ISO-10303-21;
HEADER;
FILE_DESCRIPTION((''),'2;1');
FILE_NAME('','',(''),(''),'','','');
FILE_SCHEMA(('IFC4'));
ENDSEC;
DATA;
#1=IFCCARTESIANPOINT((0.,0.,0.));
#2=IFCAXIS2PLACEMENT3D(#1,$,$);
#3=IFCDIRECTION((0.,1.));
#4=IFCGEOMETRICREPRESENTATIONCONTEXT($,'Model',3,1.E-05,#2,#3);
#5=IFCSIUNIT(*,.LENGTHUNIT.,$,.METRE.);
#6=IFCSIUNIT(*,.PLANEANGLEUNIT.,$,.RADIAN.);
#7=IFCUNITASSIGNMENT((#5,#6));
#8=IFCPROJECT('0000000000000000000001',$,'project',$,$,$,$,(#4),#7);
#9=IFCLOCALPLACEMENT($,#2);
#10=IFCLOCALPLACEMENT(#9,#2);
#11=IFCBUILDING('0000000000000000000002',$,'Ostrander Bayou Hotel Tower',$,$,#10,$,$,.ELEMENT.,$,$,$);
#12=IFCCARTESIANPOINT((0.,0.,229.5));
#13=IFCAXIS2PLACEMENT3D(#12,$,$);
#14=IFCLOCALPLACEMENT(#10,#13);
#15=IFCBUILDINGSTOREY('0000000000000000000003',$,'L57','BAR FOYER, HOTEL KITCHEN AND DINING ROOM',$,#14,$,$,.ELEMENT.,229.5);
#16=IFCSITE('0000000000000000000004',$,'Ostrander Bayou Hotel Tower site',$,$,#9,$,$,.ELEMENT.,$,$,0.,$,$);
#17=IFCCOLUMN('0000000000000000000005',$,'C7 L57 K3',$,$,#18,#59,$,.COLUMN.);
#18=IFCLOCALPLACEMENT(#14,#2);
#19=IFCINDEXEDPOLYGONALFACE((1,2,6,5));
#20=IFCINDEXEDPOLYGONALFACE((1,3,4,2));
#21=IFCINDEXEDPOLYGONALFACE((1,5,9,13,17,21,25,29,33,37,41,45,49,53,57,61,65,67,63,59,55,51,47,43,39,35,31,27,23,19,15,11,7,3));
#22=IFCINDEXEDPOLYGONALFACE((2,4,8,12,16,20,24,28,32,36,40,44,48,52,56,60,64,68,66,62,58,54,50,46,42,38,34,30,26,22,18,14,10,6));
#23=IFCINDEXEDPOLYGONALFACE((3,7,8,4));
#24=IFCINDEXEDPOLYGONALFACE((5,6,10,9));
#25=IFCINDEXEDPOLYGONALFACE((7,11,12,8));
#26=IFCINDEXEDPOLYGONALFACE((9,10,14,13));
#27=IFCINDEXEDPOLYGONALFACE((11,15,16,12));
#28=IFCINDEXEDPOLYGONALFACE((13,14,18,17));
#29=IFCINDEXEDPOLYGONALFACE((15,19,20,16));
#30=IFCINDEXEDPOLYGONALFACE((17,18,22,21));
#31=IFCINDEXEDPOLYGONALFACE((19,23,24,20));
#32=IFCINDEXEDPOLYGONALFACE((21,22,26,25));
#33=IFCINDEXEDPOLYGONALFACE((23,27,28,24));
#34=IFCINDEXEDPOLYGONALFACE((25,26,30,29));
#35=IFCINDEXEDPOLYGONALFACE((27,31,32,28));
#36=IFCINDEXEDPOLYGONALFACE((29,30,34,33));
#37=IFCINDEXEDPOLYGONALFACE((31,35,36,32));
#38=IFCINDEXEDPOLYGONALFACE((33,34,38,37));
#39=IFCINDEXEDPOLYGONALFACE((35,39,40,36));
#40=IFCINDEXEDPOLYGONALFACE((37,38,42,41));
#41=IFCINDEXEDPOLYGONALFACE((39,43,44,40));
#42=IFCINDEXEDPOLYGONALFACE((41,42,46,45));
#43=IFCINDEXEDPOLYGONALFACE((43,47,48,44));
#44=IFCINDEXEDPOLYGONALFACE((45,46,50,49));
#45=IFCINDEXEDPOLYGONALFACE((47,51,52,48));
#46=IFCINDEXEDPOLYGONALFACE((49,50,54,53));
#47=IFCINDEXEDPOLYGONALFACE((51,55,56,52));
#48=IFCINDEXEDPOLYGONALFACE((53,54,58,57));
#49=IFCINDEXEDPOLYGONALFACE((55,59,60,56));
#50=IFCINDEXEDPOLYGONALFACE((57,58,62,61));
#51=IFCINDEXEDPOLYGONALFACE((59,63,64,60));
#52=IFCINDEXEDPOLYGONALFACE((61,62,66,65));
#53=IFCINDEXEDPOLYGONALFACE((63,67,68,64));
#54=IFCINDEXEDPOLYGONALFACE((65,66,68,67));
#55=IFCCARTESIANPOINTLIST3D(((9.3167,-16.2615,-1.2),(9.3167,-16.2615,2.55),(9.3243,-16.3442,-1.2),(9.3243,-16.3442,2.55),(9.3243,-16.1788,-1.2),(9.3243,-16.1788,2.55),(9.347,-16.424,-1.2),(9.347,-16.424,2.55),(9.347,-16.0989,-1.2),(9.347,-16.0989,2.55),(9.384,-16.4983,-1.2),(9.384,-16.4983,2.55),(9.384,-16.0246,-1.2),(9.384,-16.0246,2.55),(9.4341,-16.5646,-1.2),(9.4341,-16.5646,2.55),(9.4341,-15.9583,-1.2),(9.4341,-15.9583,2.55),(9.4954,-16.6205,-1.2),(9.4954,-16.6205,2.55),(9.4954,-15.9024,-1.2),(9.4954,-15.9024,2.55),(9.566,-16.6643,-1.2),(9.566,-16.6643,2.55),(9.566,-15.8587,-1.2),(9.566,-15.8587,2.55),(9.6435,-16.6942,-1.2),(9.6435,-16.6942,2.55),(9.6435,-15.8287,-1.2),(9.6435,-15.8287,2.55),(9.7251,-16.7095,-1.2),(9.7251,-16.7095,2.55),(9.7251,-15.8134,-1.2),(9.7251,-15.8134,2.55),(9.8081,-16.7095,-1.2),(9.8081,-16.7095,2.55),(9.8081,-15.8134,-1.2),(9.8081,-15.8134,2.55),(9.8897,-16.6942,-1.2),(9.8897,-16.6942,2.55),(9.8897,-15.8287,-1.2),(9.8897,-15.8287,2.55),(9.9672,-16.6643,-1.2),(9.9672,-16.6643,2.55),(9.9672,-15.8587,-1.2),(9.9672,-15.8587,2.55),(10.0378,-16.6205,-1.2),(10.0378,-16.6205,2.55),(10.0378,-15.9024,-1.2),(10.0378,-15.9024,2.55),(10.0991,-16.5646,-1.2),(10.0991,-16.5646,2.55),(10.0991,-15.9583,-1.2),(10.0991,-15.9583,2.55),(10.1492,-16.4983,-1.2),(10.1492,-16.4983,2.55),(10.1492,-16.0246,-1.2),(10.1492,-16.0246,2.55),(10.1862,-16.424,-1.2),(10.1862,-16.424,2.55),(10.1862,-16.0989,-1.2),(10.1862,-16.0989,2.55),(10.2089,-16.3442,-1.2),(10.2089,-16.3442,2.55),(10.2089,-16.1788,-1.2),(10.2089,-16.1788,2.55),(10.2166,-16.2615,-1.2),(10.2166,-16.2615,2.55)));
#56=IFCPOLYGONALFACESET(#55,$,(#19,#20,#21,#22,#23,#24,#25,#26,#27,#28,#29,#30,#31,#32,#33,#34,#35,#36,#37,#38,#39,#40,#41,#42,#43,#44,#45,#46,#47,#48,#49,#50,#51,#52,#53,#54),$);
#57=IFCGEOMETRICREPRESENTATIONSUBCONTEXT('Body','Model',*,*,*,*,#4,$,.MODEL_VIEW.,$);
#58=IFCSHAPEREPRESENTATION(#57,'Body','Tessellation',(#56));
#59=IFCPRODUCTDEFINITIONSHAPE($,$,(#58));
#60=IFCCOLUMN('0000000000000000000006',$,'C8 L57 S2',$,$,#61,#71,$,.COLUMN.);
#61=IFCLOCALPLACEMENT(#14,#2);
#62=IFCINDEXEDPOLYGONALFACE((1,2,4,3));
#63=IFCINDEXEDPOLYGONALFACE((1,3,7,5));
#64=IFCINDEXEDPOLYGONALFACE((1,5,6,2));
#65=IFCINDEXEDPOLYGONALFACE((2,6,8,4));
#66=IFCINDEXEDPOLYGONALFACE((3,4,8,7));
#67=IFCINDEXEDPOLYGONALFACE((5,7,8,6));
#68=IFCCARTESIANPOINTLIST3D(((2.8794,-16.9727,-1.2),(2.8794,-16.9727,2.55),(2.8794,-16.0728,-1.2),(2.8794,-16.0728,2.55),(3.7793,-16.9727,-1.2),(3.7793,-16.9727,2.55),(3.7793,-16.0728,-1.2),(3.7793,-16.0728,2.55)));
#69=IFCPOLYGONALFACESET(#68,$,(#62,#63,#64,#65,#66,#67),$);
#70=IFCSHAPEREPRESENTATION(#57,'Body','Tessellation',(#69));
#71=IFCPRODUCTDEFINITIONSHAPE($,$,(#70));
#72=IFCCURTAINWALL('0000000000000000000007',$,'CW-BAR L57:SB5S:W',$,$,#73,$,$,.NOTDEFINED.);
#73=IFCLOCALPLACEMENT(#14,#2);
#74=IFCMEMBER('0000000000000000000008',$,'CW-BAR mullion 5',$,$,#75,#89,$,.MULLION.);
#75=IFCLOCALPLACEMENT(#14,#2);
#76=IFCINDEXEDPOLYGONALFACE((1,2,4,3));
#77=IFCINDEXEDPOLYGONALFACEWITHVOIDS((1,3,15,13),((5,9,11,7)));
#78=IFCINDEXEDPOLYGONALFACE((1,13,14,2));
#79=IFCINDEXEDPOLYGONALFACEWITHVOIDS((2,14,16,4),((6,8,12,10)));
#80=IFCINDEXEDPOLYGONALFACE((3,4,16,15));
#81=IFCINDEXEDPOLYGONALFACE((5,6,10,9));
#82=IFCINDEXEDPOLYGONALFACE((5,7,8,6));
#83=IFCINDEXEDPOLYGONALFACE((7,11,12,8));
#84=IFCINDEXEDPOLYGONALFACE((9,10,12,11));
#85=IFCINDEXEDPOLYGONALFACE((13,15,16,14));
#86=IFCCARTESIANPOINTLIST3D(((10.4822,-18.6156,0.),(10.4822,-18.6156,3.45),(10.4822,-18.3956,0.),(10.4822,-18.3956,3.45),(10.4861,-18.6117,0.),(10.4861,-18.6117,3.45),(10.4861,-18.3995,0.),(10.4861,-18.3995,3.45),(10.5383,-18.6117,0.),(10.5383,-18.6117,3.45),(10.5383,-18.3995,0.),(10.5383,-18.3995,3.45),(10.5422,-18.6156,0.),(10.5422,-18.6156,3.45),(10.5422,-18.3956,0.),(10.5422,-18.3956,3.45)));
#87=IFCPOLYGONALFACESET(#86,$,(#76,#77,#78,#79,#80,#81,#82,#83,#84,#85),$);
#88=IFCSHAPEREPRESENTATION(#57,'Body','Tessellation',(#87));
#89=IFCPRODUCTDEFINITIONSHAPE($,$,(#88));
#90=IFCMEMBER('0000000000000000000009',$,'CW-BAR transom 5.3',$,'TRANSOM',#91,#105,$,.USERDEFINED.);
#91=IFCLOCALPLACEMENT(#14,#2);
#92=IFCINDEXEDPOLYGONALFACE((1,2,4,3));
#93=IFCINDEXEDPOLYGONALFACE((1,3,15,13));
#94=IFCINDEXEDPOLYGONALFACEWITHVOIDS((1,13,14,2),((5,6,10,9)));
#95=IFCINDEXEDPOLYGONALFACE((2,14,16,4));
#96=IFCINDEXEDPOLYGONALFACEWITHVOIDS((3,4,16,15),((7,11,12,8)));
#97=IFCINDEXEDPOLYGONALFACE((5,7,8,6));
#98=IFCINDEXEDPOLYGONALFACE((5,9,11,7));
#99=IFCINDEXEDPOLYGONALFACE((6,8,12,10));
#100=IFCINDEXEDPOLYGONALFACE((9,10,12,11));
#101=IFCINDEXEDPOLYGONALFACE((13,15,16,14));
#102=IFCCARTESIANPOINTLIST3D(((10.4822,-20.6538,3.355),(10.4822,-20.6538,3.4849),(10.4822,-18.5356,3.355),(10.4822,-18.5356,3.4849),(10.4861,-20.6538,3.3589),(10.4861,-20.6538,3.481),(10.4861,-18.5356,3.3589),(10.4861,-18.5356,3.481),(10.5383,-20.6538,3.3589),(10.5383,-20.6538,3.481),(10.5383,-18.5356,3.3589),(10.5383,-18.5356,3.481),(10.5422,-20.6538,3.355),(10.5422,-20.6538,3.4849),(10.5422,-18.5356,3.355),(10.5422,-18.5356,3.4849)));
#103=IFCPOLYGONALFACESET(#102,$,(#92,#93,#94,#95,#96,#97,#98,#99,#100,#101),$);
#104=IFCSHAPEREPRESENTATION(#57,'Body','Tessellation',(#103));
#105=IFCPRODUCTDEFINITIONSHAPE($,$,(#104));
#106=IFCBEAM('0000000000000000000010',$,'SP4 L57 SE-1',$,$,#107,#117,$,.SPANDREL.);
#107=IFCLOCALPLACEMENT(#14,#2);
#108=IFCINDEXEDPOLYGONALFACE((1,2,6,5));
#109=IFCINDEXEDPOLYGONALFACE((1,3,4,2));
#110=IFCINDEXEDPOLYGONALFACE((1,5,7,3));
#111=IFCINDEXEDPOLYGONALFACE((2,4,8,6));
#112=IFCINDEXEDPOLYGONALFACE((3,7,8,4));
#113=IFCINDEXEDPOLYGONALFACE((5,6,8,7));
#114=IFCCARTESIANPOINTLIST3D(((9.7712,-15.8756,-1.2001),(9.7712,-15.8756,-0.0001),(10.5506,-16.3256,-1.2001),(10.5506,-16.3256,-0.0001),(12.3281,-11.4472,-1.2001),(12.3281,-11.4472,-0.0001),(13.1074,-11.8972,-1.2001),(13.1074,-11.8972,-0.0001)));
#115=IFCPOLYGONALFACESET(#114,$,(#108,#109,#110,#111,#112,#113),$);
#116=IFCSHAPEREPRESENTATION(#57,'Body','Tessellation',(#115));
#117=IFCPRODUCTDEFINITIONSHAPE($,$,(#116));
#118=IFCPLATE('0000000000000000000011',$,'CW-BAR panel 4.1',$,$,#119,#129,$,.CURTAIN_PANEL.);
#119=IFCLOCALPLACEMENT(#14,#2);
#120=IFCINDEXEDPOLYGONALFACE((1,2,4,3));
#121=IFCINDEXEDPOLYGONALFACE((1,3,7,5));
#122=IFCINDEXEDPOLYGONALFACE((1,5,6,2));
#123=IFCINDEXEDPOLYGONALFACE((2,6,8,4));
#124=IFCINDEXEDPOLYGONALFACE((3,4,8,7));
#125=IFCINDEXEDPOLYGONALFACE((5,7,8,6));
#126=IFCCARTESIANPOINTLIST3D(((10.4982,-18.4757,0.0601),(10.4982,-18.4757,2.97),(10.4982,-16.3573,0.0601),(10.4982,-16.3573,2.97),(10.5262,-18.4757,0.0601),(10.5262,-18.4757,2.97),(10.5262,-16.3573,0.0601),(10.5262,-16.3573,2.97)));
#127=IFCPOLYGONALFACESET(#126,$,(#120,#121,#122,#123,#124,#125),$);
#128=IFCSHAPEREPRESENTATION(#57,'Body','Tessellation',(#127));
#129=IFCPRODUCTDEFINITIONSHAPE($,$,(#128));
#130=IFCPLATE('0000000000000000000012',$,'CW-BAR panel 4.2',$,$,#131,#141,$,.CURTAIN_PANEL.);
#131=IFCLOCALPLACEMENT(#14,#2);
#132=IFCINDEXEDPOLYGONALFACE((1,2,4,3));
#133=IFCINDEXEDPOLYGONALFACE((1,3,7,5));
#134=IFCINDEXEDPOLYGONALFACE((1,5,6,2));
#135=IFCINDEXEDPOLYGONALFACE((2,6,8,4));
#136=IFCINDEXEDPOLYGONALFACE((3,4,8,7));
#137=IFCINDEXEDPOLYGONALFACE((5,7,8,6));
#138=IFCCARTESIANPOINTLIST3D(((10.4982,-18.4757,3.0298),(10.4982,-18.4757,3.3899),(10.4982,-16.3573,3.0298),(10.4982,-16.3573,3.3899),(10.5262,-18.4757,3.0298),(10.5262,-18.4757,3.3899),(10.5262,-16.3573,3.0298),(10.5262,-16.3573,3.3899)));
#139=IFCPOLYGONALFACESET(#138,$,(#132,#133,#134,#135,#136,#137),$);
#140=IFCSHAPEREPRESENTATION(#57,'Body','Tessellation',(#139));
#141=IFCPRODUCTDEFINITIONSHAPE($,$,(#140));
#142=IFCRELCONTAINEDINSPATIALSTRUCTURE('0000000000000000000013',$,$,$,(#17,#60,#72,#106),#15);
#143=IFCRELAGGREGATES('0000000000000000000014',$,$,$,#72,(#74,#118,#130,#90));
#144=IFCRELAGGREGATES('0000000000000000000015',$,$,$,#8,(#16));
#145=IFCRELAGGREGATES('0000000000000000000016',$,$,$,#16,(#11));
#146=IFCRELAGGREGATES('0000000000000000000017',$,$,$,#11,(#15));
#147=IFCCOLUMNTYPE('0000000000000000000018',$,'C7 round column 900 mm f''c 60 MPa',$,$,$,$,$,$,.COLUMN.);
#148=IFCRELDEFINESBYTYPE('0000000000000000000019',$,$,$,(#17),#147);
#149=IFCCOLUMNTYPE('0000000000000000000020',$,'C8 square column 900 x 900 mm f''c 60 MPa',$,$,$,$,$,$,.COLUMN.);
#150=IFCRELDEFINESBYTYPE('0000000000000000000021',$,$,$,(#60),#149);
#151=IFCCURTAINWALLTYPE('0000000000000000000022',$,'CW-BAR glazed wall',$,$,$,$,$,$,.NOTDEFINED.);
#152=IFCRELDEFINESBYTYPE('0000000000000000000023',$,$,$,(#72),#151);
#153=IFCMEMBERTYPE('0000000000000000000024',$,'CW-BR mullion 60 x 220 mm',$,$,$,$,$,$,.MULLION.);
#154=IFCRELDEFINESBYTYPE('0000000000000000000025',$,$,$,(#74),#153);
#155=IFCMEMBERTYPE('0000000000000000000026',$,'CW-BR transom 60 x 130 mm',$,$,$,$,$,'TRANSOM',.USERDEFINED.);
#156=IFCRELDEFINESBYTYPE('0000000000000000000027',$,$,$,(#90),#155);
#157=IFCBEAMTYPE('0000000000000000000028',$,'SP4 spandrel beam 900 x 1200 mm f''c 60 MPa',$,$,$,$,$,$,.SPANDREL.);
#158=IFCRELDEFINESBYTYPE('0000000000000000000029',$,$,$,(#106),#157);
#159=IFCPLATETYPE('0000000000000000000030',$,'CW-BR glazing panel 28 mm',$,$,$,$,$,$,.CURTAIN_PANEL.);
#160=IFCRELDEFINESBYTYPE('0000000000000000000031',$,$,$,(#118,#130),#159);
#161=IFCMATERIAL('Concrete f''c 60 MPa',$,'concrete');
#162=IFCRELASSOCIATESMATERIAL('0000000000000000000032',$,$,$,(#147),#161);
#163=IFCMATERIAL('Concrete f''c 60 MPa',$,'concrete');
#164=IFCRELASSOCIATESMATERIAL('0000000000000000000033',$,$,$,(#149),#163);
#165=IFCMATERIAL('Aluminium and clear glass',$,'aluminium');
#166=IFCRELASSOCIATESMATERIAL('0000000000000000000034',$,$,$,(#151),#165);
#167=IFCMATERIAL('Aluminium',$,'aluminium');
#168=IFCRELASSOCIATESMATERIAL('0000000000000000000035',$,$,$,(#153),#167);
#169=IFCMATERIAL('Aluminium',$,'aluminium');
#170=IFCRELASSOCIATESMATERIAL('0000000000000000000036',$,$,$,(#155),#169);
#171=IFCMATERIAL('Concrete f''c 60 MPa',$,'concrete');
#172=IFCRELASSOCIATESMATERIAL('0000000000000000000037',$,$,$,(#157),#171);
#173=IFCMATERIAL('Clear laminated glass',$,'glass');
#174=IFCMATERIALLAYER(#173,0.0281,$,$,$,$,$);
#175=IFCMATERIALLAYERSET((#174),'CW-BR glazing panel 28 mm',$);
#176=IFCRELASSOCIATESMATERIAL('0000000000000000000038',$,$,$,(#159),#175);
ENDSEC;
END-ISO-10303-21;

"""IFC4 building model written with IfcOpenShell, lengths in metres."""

from ifc_helpers import new_model, si_unit, direction, frame, origin, origin_2d, place, context, subcontext, project, spatial, rectangle, hollow_rectangle, circle, extrude, material, layer, layer_set, material_profile, profile_set, type_object, element, aggregate, save


model = new_model("IFC4")

# Units and contexts
model_context = context("Model", 3, precision=1e-05, world=origin(), true_north=direction((0.0, 1.0)))
body_context = subcontext(model_context, "Body", "Model", "MODEL_VIEW")
ifc_project = project(units=[si_unit("LENGTHUNIT", "METRE"), si_unit("PLANEANGLEUNIT", "RADIAN")], contexts=[model_context])

# Site, building, storey
site_placement = place(None, origin())
site = spatial("IfcSite", under=ifc_project, at=site_placement, Name="Ostrander Bayou Hotel Tower site", CompositionType="ELEMENT", RefElevation=0.0)
building_placement = place(site_placement, origin())
building = spatial("IfcBuilding", under=site, at=building_placement, Name="Ostrander Bayou Hotel Tower", CompositionType="ELEMENT")
storey_placement = place(building_placement, frame((0.0, 0.0, 229.5)))
storey = spatial("IfcBuildingStorey", under=building, at=storey_placement, Name="L57", Description="BAR FOYER, HOTEL KITCHEN AND DINING ROOM", CompositionType="ELEMENT", Elevation=229.5)

# Columns
ifc_material_1 = material(Name="Concrete f'c 60 MPa", Category="concrete")
ifc_material_profile_1 = material_profile(ifc_material_1, circle(Radius=0.45, at=origin_2d()))
ifc_profile_set_1 = profile_set([ifc_material_profile_1], Name="Concrete f'c 60 MPa")
column_type_1 = type_object("IfcColumnType", Name="C7 round column 900 mm f'c 60 MPa", PredefinedType="COLUMN", material=ifc_profile_set_1)
column_1_placement = place(storey_placement, frame((9.7666, -16.2615, -1.2), z_axis=(0.0, 0.0, 1.0), x_axis=(1.0, 0.0, 0.0)))
element("IfcColumn", 1, at=column_1_placement, inside=storey, type_object=column_type_1, Name="C7 L57 K3", PredefinedType="COLUMN", context=body_context, shape_type="SweptSolid", body=[
    extrude(circle(Radius=0.45, at=origin_2d()), origin(), (0.0, 0.0, 1.0), 3.75),
])
ifc_material_2 = material(Name="Concrete f'c 60 MPa", Category="concrete")
ifc_material_profile_2 = material_profile(ifc_material_2, rectangle(XDim=0.8999, YDim=0.8999, at=origin_2d()))
ifc_profile_set_2 = profile_set([ifc_material_profile_2], Name="Concrete f'c 60 MPa")
column_type_2 = type_object("IfcColumnType", Name="C8 square column 900 x 900 mm f'c 60 MPa", PredefinedType="COLUMN", material=ifc_profile_set_2)
column_2_placement = place(storey_placement, frame((3.3293, -16.5227, -1.2), z_axis=(0.0, 0.0, 1.0), x_axis=(-1.0, 0.0, 0.0)))
element("IfcColumn", 2, at=column_2_placement, inside=storey, type_object=column_type_2, Name="C8 L57 S2", PredefinedType="COLUMN", context=body_context, shape_type="SweptSolid", body=[
    extrude(rectangle(XDim=0.8999, YDim=0.8999, at=origin_2d()), origin(), (0.0, 0.0, 1.0), 3.75),
])

# Curtain wall, members
ifc_material_3 = material(Name="Aluminium and clear glass", Category="aluminium")
curtain_wall_type = type_object("IfcCurtainWallType", Name="CW-BAR glazed wall", PredefinedType="NOTDEFINED", material=ifc_material_3)
curtain_wall_placement = place(storey_placement, origin())
curtain_wall = element("IfcCurtainWall", 3, at=curtain_wall_placement, inside=storey, type_object=curtain_wall_type, Name="CW-BAR L57:SB5S:W", PredefinedType="NOTDEFINED")
ifc_material_4 = material(Name="Aluminium", Category="aluminium")
ifc_material_profile_3 = material_profile(ifc_material_4, hollow_rectangle(XDim=0.0601, YDim=0.22, WallThickness=0.0039, at=origin_2d()))
ifc_profile_set_3 = profile_set([ifc_material_profile_3], Name="Aluminium")
member_type_1 = type_object("IfcMemberType", Name="CW-BR mullion 60 x 220 mm", PredefinedType="MULLION", material=ifc_profile_set_3)
member_1_placement = place(storey_placement, frame((10.5122, -18.5056, 0.0), z_axis=(0.0, 0.0, 1.0), x_axis=(1.0, 0.0, 0.0)))
member_1 = element("IfcMember", 4, at=member_1_placement, type_object=member_type_1, Name="CW-BAR mullion 5", PredefinedType="MULLION", context=body_context, shape_type="SweptSolid", body=[
    extrude(hollow_rectangle(XDim=0.0601, YDim=0.22, WallThickness=0.0039, at=origin_2d()), origin(), (0.0, 0.0, 1.0), 3.45),
])
ifc_material_5 = material(Name="Aluminium", Category="aluminium")
ifc_material_profile_4 = material_profile(ifc_material_5, hollow_rectangle(XDim=0.0601, YDim=0.1299, WallThickness=0.0039, at=origin_2d()))
ifc_profile_set_4 = profile_set([ifc_material_profile_4], Name="Aluminium")
member_type_2 = type_object("IfcMemberType", Name="CW-BR transom 60 x 130 mm", ElementType="TRANSOM", PredefinedType="USERDEFINED", material=ifc_profile_set_4)
member_2_placement = place(storey_placement, frame((10.5122, -18.5356, 3.4199), z_axis=(0.0, -1.0, 0.0), x_axis=(1.0, 0.0, 0.0)))
member_2 = element("IfcMember", 5, at=member_2_placement, type_object=member_type_2, Name="CW-BAR transom 5.3", ObjectType="TRANSOM", PredefinedType="USERDEFINED", context=body_context, shape_type="SweptSolid", body=[
    extrude(hollow_rectangle(XDim=0.0601, YDim=0.1299, WallThickness=0.0039, at=origin_2d()), origin(), (0.0, 0.0, 1.0), 2.1182),
])

# Beam
ifc_material_6 = material(Name="Concrete f'c 60 MPa", Category="concrete")
ifc_material_profile_5 = material_profile(ifc_material_6, rectangle(XDim=0.8999, YDim=1.2, at=origin_2d()))
ifc_profile_set_5 = profile_set([ifc_material_profile_5], Name="Concrete f'c 60 MPa")
beam_type = type_object("IfcBeamType", Name="SP4 spandrel beam 900 x 1200 mm f'c 60 MPa", PredefinedType="SPANDREL", material=ifc_profile_set_5)
beam_placement = place(storey_placement, frame((10.1609, -16.1006, -0.6001), z_axis=(0.500016, 0.866016, 0.0), x_axis=(-0.866016, 0.500016, 0.0)))
element("IfcBeam", 6, at=beam_placement, inside=storey, type_object=beam_type, Name="SP4 L57 SE-1", PredefinedType="SPANDREL", context=body_context, shape_type="SweptSolid", body=[
    extrude(rectangle(XDim=0.8999, YDim=1.2, at=origin_2d()), origin(), (0.0, 0.0, 1.0), 5.1135),
])

# Plates
ifc_material_7 = material(Name="Clear laminated glass", Category="glass")
ifc_layer_1 = layer(ifc_material_7, 0.0281)
ifc_layer_set_1 = layer_set([ifc_layer_1], Name="CW-BR glazing panel 28 mm")
plate_type = type_object("IfcPlateType", Name="CW-BR glazing panel 28 mm", PredefinedType="CURTAIN_PANEL", material=ifc_layer_set_1)
plate_1_placement = place(storey_placement, frame((10.5122, -17.4165, 0.0601), z_axis=(0.0, 0.0, 1.0), x_axis=(0.0, -1.0, 0.0)))
plate_1 = element("IfcPlate", 7, at=plate_1_placement, type_object=plate_type, Name="CW-BAR panel 4.1", PredefinedType="CURTAIN_PANEL", context=body_context, shape_type="SweptSolid", body=[
    extrude(rectangle(XDim=2.1184, YDim=0.0281, at=origin_2d()), origin(), (0.0, 0.0, 1.0), 2.9099),
])
plate_2_placement = place(storey_placement, frame((10.5122, -17.4165, 3.0298), z_axis=(0.0, 0.0, 1.0), x_axis=(0.0, -1.0, 0.0)))
plate_2 = element("IfcPlate", 8, at=plate_2_placement, type_object=plate_type, Name="CW-BAR panel 4.2", PredefinedType="CURTAIN_PANEL", context=body_context, shape_type="SweptSolid", body=[
    extrude(rectangle(XDim=2.1184, YDim=0.0281, at=origin_2d()), origin(), (0.0, 0.0, 1.0), 0.3601),
])
aggregate(curtain_wall, [member_1, plate_1, plate_2, member_2])

save(model, "model.ifc")
